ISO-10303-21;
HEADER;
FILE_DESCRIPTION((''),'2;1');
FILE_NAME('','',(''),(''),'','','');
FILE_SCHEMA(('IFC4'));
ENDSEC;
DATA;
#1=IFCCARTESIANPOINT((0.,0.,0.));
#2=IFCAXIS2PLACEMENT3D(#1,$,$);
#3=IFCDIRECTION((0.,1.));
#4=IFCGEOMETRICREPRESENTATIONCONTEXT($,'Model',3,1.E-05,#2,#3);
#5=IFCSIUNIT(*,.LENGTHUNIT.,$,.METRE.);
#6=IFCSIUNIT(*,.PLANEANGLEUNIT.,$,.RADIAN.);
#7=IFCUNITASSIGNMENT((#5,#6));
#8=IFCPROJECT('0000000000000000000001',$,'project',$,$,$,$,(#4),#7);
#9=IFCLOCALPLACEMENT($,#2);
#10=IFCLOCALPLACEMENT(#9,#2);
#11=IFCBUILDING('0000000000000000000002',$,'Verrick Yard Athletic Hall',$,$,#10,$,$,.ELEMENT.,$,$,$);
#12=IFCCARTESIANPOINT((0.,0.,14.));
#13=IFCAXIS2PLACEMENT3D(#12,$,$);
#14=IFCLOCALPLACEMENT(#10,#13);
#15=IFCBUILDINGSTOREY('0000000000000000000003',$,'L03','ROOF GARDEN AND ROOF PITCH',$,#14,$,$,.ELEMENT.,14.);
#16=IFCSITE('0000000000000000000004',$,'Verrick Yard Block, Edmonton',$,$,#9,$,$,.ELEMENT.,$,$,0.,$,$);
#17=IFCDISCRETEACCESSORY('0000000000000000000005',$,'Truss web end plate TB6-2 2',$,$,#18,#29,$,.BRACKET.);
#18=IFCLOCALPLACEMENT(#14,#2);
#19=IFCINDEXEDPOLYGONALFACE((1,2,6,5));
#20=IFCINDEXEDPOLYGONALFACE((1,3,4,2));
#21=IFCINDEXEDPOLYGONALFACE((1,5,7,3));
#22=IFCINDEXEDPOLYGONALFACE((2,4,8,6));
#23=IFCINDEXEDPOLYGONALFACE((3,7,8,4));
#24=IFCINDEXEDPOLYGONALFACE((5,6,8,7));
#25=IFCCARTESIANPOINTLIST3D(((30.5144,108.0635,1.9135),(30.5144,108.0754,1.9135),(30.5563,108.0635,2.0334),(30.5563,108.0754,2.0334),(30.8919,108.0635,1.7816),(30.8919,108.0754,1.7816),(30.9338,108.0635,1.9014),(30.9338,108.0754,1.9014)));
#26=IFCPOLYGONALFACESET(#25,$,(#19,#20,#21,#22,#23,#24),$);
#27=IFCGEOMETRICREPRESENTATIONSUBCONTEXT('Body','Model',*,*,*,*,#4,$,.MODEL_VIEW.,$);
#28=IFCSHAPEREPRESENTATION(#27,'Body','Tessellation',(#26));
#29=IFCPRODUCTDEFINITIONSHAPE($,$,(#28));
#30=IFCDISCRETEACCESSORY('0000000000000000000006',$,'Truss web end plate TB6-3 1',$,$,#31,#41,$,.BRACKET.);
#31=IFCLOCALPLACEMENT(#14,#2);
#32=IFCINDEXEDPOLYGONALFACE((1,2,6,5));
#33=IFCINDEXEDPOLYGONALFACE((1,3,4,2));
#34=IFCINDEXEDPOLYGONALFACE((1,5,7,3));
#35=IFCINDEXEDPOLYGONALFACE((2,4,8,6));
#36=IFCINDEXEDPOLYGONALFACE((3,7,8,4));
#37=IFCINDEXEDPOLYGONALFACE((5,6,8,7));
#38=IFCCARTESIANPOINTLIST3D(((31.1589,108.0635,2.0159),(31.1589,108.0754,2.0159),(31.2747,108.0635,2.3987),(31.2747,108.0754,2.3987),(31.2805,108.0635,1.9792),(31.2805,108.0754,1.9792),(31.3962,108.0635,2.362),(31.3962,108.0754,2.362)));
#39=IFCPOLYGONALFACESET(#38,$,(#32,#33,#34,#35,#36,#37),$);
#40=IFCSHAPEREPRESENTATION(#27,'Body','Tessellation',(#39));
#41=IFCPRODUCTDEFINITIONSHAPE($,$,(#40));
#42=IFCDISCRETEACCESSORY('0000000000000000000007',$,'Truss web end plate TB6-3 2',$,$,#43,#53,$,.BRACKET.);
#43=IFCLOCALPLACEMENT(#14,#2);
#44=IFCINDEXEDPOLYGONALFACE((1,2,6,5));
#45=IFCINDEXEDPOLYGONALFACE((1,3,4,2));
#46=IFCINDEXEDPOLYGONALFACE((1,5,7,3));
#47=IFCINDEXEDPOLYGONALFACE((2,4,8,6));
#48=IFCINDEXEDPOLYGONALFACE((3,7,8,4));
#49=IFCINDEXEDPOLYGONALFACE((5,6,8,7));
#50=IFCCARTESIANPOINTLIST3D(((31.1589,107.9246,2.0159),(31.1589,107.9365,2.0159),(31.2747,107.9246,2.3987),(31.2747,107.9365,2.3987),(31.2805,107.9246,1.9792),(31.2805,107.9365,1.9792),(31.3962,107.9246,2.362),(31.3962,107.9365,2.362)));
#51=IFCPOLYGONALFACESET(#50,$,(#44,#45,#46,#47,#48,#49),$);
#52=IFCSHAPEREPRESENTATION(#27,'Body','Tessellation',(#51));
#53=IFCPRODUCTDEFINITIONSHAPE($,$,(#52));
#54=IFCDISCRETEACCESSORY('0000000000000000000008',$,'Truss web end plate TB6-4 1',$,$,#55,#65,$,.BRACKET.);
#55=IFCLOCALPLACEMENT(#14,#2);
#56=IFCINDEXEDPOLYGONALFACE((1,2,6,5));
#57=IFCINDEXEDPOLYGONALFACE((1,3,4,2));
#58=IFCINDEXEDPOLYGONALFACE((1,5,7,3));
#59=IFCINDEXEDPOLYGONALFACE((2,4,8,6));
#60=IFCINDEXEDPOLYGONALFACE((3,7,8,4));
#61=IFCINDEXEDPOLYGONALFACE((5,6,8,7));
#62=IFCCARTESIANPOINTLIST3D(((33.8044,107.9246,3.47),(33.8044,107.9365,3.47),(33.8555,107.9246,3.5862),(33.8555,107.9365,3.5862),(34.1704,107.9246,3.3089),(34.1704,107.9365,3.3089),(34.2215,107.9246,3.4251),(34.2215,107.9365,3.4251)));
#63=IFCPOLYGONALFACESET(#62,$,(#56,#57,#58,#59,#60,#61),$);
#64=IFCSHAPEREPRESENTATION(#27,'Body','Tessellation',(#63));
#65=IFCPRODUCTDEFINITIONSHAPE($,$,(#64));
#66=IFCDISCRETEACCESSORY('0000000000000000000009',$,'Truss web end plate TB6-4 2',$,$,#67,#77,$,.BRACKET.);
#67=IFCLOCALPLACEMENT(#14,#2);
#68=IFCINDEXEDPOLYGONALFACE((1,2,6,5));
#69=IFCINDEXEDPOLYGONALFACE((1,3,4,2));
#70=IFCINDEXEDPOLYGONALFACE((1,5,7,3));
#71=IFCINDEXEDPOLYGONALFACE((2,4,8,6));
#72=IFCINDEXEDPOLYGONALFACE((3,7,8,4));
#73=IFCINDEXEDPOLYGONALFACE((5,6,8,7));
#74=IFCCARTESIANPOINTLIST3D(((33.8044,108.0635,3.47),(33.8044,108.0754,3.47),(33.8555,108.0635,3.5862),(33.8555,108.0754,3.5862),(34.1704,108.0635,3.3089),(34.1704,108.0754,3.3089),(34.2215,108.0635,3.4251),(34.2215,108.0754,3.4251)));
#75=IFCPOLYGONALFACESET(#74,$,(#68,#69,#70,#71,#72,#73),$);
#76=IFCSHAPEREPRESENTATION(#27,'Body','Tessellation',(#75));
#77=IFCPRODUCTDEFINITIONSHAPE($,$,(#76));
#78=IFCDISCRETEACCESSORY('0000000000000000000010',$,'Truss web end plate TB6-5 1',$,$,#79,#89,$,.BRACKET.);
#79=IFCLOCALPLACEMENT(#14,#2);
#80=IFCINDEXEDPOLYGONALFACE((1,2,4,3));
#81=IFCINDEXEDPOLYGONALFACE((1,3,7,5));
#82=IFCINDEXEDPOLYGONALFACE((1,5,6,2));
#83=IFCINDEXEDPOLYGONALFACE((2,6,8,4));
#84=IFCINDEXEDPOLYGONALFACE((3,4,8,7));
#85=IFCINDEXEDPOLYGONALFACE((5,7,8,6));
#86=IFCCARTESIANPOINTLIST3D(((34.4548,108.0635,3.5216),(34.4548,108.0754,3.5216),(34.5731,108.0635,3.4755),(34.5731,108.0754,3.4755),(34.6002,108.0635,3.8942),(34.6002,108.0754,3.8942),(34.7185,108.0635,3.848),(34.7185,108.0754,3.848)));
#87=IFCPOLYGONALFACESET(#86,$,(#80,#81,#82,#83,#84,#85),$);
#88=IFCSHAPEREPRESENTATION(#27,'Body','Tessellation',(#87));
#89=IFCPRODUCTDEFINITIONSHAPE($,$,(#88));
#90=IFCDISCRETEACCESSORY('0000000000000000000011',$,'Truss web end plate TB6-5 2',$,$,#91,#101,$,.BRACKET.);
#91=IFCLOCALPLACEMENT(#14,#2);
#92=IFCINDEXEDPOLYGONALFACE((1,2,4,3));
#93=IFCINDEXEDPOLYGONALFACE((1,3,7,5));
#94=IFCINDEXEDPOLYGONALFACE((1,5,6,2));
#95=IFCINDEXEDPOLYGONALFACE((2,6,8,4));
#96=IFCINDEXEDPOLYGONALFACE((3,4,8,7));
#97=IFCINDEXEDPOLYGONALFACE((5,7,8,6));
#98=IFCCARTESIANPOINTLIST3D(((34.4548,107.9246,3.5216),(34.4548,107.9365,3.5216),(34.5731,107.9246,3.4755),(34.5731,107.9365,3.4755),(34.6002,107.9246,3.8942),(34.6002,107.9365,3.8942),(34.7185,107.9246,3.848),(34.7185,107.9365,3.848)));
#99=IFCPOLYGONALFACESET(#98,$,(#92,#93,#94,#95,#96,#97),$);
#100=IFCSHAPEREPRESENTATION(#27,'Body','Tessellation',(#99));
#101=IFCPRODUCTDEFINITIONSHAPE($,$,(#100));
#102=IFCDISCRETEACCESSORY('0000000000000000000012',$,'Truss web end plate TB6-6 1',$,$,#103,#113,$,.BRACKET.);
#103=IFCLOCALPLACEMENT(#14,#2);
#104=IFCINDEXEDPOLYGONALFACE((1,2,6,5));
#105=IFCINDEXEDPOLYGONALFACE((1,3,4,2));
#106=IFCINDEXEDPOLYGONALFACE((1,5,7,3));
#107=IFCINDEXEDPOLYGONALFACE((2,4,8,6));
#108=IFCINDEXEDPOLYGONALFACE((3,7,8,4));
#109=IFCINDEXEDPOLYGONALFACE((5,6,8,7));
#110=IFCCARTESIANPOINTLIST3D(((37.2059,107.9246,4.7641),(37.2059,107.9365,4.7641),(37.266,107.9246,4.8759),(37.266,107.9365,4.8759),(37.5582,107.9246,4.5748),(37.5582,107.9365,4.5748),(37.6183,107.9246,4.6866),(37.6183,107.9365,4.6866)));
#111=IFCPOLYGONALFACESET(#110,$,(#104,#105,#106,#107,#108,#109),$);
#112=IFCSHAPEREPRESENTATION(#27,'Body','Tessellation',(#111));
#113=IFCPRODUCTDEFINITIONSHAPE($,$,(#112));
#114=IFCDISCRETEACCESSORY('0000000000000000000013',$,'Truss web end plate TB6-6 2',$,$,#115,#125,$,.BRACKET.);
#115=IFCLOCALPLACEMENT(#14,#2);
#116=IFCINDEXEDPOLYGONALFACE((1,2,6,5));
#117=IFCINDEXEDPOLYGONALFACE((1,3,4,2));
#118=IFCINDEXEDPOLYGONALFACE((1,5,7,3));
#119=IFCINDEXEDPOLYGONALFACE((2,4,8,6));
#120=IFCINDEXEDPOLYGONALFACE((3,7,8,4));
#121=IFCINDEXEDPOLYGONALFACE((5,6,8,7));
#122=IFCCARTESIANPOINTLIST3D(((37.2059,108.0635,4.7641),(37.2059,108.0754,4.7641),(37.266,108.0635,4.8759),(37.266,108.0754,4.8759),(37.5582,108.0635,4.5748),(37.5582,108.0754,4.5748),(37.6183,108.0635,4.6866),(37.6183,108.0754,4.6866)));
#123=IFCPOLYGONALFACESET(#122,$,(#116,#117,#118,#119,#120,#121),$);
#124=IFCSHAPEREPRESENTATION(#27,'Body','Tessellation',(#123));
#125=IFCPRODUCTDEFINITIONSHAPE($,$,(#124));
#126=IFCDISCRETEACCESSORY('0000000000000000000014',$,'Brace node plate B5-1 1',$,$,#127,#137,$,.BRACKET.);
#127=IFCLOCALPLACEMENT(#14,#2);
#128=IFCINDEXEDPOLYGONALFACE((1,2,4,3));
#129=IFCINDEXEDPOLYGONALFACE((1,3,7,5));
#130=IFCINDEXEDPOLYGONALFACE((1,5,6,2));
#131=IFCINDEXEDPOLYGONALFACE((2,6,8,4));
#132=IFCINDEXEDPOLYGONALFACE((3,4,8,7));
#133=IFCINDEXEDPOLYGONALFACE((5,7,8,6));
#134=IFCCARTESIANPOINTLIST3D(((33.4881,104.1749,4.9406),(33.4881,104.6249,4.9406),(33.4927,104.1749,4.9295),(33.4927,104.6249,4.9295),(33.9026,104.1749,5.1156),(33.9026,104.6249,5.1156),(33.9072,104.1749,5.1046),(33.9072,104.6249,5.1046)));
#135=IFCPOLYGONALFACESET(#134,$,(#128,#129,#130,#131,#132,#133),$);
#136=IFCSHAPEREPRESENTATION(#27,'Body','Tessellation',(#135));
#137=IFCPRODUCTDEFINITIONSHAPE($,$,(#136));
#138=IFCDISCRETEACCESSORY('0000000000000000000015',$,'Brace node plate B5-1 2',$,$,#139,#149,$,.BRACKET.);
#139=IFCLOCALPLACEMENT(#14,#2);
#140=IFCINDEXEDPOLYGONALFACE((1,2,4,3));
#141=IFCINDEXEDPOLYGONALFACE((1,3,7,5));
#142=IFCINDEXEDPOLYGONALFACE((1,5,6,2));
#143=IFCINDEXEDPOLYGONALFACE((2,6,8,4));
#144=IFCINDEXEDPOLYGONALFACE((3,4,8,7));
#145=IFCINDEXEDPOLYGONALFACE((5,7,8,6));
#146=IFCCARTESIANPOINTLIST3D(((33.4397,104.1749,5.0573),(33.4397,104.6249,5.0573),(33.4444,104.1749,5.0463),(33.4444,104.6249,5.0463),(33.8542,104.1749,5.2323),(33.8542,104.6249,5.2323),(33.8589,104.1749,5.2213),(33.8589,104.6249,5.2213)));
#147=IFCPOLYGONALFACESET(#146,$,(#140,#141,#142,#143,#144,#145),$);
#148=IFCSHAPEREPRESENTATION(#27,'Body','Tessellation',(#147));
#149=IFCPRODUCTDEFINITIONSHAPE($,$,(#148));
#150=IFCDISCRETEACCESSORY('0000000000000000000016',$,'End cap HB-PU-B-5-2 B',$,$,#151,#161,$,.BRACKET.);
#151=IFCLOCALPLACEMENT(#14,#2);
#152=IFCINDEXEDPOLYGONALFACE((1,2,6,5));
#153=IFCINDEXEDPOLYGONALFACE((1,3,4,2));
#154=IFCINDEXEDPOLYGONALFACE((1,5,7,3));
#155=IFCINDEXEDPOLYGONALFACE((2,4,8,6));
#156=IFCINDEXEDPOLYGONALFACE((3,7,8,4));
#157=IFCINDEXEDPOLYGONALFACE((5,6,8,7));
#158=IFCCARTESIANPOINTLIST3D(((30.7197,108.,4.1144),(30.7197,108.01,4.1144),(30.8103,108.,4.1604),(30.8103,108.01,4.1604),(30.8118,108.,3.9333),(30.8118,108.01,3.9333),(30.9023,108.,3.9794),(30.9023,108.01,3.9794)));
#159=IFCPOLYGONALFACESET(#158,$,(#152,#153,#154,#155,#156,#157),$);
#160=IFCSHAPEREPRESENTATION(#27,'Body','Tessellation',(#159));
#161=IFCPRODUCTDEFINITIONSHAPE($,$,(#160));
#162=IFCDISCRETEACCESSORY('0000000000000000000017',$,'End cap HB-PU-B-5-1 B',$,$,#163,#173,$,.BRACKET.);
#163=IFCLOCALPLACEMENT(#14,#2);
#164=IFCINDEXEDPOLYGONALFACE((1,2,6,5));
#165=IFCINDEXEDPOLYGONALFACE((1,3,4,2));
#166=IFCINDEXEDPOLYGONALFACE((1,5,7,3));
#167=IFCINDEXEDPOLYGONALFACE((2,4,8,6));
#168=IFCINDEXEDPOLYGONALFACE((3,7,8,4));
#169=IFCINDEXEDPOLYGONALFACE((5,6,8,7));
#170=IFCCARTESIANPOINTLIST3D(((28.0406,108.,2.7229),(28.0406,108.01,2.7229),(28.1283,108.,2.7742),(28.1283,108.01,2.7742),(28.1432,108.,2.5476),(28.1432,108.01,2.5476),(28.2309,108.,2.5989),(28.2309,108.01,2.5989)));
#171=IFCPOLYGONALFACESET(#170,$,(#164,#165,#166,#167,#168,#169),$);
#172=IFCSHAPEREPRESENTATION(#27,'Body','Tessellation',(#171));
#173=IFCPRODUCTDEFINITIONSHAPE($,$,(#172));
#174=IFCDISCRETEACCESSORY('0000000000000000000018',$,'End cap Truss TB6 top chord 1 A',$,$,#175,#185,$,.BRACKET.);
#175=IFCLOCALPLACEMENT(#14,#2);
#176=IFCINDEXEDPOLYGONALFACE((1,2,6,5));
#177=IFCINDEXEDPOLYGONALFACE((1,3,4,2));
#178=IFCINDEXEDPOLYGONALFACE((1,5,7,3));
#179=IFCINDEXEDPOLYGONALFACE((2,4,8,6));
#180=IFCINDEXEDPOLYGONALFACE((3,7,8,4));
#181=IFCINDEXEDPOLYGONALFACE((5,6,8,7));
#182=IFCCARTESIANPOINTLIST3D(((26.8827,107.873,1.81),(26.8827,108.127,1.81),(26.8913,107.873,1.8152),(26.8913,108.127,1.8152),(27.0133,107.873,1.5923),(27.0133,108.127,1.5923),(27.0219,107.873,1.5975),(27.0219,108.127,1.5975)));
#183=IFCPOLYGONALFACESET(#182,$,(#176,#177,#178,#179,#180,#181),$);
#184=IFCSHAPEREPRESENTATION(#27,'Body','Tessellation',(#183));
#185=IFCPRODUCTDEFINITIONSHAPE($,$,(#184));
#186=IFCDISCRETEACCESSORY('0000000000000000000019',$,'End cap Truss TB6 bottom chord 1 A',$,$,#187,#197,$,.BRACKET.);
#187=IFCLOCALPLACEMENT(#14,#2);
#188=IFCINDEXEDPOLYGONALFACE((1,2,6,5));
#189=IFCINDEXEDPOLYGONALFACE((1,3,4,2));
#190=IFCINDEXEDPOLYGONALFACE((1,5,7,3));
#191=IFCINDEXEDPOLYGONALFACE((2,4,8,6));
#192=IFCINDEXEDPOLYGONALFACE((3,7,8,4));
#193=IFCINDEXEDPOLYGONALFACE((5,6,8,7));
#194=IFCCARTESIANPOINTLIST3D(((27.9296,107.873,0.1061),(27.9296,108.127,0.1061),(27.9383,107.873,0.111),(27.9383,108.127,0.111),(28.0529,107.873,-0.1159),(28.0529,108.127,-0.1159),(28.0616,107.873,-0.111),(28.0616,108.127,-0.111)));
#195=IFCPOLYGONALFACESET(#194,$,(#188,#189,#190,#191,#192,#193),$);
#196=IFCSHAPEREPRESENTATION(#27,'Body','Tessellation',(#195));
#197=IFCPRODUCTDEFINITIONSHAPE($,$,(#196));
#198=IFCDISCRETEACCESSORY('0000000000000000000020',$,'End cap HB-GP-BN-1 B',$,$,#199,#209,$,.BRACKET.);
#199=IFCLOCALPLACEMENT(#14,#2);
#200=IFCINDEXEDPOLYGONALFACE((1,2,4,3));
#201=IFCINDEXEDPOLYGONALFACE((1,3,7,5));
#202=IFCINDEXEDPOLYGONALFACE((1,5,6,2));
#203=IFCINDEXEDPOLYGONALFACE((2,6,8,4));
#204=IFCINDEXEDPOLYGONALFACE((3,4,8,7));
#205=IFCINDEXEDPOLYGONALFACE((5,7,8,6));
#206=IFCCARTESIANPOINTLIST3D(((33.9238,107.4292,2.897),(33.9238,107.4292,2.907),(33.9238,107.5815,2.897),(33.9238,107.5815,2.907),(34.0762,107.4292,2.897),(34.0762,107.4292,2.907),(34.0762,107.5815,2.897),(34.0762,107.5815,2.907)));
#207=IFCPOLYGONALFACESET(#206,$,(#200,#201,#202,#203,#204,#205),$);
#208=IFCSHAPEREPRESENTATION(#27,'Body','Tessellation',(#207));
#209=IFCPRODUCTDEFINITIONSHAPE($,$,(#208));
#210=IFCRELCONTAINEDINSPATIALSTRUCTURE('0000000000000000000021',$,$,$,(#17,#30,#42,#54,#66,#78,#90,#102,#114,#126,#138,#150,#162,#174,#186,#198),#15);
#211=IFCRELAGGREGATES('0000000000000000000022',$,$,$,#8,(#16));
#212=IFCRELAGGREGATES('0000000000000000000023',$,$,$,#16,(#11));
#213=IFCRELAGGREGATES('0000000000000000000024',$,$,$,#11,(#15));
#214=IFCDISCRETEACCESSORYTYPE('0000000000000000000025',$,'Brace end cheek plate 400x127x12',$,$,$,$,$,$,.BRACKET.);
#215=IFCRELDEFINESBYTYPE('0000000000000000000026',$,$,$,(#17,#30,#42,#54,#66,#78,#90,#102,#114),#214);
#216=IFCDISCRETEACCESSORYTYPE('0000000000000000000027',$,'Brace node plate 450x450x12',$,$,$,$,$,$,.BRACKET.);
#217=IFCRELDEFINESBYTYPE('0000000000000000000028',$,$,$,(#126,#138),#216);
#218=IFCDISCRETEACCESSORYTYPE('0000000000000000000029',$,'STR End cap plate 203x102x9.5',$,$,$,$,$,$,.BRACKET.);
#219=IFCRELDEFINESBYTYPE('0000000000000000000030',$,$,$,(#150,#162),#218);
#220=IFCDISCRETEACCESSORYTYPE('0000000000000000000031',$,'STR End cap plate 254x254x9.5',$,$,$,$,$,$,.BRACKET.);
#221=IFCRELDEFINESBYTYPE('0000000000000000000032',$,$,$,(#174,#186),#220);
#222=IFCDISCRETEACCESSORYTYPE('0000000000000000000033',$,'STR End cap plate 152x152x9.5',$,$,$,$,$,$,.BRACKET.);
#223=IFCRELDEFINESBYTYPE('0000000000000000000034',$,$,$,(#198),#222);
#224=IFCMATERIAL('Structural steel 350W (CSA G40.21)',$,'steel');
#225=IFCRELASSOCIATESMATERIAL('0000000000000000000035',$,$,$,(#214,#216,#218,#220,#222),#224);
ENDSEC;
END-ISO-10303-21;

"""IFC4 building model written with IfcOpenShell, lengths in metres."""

from ifc_helpers import new_model, si_unit, direction, frame, origin, origin_2d, place, context, subcontext, project, spatial, rectangle, extrude, material, material_profile, profile_set, type_object, element, save


model = new_model("IFC4")

# Units and contexts
model_context = context("Model", 3, precision=1e-05, world=origin(), true_north=direction((0.0, 1.0)))
body_context = subcontext(model_context, "Body", "Model", "MODEL_VIEW")
ifc_project = project(units=[si_unit("LENGTHUNIT", "METRE"), si_unit("PLANEANGLEUNIT", "RADIAN")], contexts=[model_context])

# Site, building, storey
site_placement = place(None, origin())
site = spatial("IfcSite", under=ifc_project, at=site_placement, Name="Verrick Yard Block, Edmonton", CompositionType="ELEMENT", RefElevation=0.0)
building_placement = place(site_placement, origin())
building = spatial("IfcBuilding", under=site, at=building_placement, Name="Verrick Yard Athletic Hall", CompositionType="ELEMENT")
storey_placement = place(building_placement, frame((0.0, 0.0, 14.0)))
storey = spatial("IfcBuildingStorey", under=building, at=storey_placement, Name="L03", Description="ROOF GARDEN AND ROOF PITCH", CompositionType="ELEMENT", Elevation=14.0)

# Discrete accessories
ifc_material_1 = material(Name="Structural steel 350W (CSA G40.21)", Category="steel")
ifc_material_profile_1 = material_profile(ifc_material_1, rectangle(XDim=0.3999, YDim=0.127, at=origin_2d()), Name="Brace end cheek plate")
ifc_profile_set_1 = profile_set([ifc_material_profile_1], Name="Structural steel 350W (CSA G40.21)")
discrete_accessory_type_1 = type_object("IfcDiscreteAccessoryType", Name="Brace end cheek plate 400x127x12", PredefinedType="BRACKET", material=ifc_profile_set_1)
for number, where, z_axis, x_axis, name in (
    (1, (30.7241, 108.0635, 1.9075), (0.0, 1.0, 0.0), (-0.944026, 0.0, 0.329872), "Truss web end plate TB6-2 2"),
    (2, (31.2776, 108.0635, 2.189), (0.0, 1.0, 0.0), (0.289473, 0.0, 0.957186), "Truss web end plate TB6-3 1"),
    (3, (31.2776, 107.9365, 2.189), (0.0, -1.0, 0.0), (0.289473, 0.0, 0.957186), "Truss web end plate TB6-3 2"),
    (4, (34.0129, 107.9365, 3.4475), (0.0, -1.0, 0.0), (-0.915285, 0.0, 0.402806), "Truss web end plate TB6-4 1"),
    (5, (34.0129, 108.0635, 3.4475), (0.0, 1.0, 0.0), (-0.915285, 0.0, 0.402806), "Truss web end plate TB6-4 2"),
    (6, (34.5867, 108.0635, 3.6848), (0.0, 1.0, 0.0), (0.363563, 0.0, 0.93157), "Truss web end plate TB6-5 1"),
    (7, (34.5867, 107.9365, 3.6848), (0.0, -1.0, 0.0), (0.363563, 0.0, 0.93157), "Truss web end plate TB6-5 2"),
    (8, (37.4121, 107.9365, 4.7253), (0.0, -1.0, 0.0), (-0.88092, 0.0, 0.473265), "Truss web end plate TB6-6 1"),
    (9, (37.4121, 108.0635, 4.7253), (0.0, 1.0, 0.0), (-0.88092, 0.0, 0.473265), "Truss web end plate TB6-6 2"),
):
    element("IfcDiscreteAccessory", number, at=place(storey_placement, frame(where, z_axis=z_axis, x_axis=x_axis)), inside=storey, type_object=discrete_accessory_type_1, Name=name, PredefinedType="BRACKET", context=body_context, shape_type="SweptSolid", body=[
        extrude(rectangle(XDim=0.3999, YDim=0.127, at=origin_2d()), origin(), (0.0, 0.0, 1.0), 0.012),
    ])
ifc_material_profile_2 = material_profile(ifc_material_1, rectangle(XDim=0.45, YDim=0.45, at=origin_2d()), Name="Brace node plate")
ifc_profile_set_2 = profile_set([ifc_material_profile_2], Name="Structural steel 350W (CSA G40.21)")
discrete_accessory_type_2 = type_object("IfcDiscreteAccessoryType", Name="Brace node plate 450x450x12", PredefinedType="BRACKET", material=ifc_profile_set_2)
for number, where, z_axis, x_axis, name in (
    (10, (33.6953, 104.3999, 5.0281), (0.388972, 0.0, -0.92125), (0.0, 1.0, 0.0), "Brace node plate B5-1 1"),
    (11, (33.6516, 104.3999, 5.1338), (-0.388972, 0.0, 0.92125), (0.0, -1.0, 0.0), "Brace node plate B5-1 2"),
):
    element("IfcDiscreteAccessory", number, at=place(storey_placement, frame(where, z_axis=z_axis, x_axis=x_axis)), inside=storey, type_object=discrete_accessory_type_2, Name=name, PredefinedType="BRACKET", context=body_context, shape_type="SweptSolid", body=[
        extrude(rectangle(XDim=0.45, YDim=0.45, at=origin_2d()), origin(), (0.0, 0.0, 1.0), 0.012),
    ])
ifc_material_profile_3 = material_profile(ifc_material_1, rectangle(XDim=0.1016, YDim=0.2031, at=origin_2d()), Name="STR End cap plate 203x102x9.5")
ifc_profile_set_3 = profile_set([ifc_material_profile_3], Name="Structural steel 350W (CSA G40.21)")
discrete_accessory_type_3 = type_object("IfcDiscreteAccessoryType", Name="STR End cap plate 203x102x9.5", PredefinedType="BRACKET", material=ifc_profile_set_3)
for number, where, z_axis, x_axis, name in (
    (12, (30.811, 108.0, 4.0469), (0.0, 1.0, 0.0), (-0.891353, 0.0, -0.45331), "End cap HB-PU-B-5-2 B"),
    (13, (28.1357, 108.0, 2.6609), (0.0, 1.0, 0.0), (-0.863168, 0.0, -0.504917), "End cap HB-PU-B-5-1 B"),
):
    element("IfcDiscreteAccessory", number, at=place(storey_placement, frame(where, z_axis=z_axis, x_axis=x_axis)), inside=storey, type_object=discrete_accessory_type_3, Name=name, PredefinedType="BRACKET", context=body_context, shape_type="SweptSolid", body=[
        extrude(rectangle(XDim=0.1016, YDim=0.2031, at=origin_2d()), origin(), (0.0, 0.0, 1.0), 0.01),
    ])
ifc_material_profile_4 = material_profile(ifc_material_1, rectangle(XDim=0.2539, YDim=0.2539, at=origin_2d()), Name="STR End cap plate 254x254x9.5")
ifc_profile_set_4 = profile_set([ifc_material_profile_4], Name="Structural steel 350W (CSA G40.21)")
discrete_accessory_type_4 = type_object("IfcDiscreteAccessoryType", Name="STR End cap plate 254x254x9.5", PredefinedType="BRACKET", material=ifc_profile_set_4)
for number, where, z_axis, x_axis, name in (
    (14, (26.948, 108.0, 1.7012), (0.857493, 0.0, 0.514496), (0.0, 1.0, 0.0), "End cap Truss TB6 top chord 1 A"),
    (15, (27.9912, 108.0, -0.0049), (0.874157, 0.0, 0.485643), (0.0, 1.0, 0.0), "End cap Truss TB6 bottom chord 1 A"),
):
    element("IfcDiscreteAccessory", number, at=place(storey_placement, frame(where, z_axis=z_axis, x_axis=x_axis)), inside=storey, type_object=discrete_accessory_type_4, Name=name, PredefinedType="BRACKET", context=body_context, shape_type="SweptSolid", body=[
        extrude(rectangle(XDim=0.2539, YDim=0.2539, at=origin_2d()), origin(), (0.0, 0.0, 1.0), 0.01),
    ])
ifc_material_profile_5 = material_profile(ifc_material_1, rectangle(XDim=0.1523, YDim=0.1523, at=origin_2d()), Name="STR End cap plate 152x152x9.5")
ifc_profile_set_5 = profile_set([ifc_material_profile_5], Name="Structural steel 350W (CSA G40.21)")
discrete_accessory_type_5 = type_object("IfcDiscreteAccessoryType", Name="STR End cap plate 152x152x9.5", PredefinedType="BRACKET", material=ifc_profile_set_5)
discrete_accessory_1_placement = place(storey_placement, frame((34.0, 107.5054, 2.897), z_axis=(0.0, 0.0, 1.0), x_axis=(1.0, 0.0, 0.0)))
element("IfcDiscreteAccessory", 16, at=discrete_accessory_1_placement, inside=storey, type_object=discrete_accessory_type_5, Name="End cap HB-GP-BN-1 B", PredefinedType="BRACKET", context=body_context, shape_type="SweptSolid", body=[
    extrude(rectangle(XDim=0.1523, YDim=0.1523, at=origin_2d()), origin(), (0.0, 0.0, 1.0), 0.01),
])

save(model, "model.ifc")
